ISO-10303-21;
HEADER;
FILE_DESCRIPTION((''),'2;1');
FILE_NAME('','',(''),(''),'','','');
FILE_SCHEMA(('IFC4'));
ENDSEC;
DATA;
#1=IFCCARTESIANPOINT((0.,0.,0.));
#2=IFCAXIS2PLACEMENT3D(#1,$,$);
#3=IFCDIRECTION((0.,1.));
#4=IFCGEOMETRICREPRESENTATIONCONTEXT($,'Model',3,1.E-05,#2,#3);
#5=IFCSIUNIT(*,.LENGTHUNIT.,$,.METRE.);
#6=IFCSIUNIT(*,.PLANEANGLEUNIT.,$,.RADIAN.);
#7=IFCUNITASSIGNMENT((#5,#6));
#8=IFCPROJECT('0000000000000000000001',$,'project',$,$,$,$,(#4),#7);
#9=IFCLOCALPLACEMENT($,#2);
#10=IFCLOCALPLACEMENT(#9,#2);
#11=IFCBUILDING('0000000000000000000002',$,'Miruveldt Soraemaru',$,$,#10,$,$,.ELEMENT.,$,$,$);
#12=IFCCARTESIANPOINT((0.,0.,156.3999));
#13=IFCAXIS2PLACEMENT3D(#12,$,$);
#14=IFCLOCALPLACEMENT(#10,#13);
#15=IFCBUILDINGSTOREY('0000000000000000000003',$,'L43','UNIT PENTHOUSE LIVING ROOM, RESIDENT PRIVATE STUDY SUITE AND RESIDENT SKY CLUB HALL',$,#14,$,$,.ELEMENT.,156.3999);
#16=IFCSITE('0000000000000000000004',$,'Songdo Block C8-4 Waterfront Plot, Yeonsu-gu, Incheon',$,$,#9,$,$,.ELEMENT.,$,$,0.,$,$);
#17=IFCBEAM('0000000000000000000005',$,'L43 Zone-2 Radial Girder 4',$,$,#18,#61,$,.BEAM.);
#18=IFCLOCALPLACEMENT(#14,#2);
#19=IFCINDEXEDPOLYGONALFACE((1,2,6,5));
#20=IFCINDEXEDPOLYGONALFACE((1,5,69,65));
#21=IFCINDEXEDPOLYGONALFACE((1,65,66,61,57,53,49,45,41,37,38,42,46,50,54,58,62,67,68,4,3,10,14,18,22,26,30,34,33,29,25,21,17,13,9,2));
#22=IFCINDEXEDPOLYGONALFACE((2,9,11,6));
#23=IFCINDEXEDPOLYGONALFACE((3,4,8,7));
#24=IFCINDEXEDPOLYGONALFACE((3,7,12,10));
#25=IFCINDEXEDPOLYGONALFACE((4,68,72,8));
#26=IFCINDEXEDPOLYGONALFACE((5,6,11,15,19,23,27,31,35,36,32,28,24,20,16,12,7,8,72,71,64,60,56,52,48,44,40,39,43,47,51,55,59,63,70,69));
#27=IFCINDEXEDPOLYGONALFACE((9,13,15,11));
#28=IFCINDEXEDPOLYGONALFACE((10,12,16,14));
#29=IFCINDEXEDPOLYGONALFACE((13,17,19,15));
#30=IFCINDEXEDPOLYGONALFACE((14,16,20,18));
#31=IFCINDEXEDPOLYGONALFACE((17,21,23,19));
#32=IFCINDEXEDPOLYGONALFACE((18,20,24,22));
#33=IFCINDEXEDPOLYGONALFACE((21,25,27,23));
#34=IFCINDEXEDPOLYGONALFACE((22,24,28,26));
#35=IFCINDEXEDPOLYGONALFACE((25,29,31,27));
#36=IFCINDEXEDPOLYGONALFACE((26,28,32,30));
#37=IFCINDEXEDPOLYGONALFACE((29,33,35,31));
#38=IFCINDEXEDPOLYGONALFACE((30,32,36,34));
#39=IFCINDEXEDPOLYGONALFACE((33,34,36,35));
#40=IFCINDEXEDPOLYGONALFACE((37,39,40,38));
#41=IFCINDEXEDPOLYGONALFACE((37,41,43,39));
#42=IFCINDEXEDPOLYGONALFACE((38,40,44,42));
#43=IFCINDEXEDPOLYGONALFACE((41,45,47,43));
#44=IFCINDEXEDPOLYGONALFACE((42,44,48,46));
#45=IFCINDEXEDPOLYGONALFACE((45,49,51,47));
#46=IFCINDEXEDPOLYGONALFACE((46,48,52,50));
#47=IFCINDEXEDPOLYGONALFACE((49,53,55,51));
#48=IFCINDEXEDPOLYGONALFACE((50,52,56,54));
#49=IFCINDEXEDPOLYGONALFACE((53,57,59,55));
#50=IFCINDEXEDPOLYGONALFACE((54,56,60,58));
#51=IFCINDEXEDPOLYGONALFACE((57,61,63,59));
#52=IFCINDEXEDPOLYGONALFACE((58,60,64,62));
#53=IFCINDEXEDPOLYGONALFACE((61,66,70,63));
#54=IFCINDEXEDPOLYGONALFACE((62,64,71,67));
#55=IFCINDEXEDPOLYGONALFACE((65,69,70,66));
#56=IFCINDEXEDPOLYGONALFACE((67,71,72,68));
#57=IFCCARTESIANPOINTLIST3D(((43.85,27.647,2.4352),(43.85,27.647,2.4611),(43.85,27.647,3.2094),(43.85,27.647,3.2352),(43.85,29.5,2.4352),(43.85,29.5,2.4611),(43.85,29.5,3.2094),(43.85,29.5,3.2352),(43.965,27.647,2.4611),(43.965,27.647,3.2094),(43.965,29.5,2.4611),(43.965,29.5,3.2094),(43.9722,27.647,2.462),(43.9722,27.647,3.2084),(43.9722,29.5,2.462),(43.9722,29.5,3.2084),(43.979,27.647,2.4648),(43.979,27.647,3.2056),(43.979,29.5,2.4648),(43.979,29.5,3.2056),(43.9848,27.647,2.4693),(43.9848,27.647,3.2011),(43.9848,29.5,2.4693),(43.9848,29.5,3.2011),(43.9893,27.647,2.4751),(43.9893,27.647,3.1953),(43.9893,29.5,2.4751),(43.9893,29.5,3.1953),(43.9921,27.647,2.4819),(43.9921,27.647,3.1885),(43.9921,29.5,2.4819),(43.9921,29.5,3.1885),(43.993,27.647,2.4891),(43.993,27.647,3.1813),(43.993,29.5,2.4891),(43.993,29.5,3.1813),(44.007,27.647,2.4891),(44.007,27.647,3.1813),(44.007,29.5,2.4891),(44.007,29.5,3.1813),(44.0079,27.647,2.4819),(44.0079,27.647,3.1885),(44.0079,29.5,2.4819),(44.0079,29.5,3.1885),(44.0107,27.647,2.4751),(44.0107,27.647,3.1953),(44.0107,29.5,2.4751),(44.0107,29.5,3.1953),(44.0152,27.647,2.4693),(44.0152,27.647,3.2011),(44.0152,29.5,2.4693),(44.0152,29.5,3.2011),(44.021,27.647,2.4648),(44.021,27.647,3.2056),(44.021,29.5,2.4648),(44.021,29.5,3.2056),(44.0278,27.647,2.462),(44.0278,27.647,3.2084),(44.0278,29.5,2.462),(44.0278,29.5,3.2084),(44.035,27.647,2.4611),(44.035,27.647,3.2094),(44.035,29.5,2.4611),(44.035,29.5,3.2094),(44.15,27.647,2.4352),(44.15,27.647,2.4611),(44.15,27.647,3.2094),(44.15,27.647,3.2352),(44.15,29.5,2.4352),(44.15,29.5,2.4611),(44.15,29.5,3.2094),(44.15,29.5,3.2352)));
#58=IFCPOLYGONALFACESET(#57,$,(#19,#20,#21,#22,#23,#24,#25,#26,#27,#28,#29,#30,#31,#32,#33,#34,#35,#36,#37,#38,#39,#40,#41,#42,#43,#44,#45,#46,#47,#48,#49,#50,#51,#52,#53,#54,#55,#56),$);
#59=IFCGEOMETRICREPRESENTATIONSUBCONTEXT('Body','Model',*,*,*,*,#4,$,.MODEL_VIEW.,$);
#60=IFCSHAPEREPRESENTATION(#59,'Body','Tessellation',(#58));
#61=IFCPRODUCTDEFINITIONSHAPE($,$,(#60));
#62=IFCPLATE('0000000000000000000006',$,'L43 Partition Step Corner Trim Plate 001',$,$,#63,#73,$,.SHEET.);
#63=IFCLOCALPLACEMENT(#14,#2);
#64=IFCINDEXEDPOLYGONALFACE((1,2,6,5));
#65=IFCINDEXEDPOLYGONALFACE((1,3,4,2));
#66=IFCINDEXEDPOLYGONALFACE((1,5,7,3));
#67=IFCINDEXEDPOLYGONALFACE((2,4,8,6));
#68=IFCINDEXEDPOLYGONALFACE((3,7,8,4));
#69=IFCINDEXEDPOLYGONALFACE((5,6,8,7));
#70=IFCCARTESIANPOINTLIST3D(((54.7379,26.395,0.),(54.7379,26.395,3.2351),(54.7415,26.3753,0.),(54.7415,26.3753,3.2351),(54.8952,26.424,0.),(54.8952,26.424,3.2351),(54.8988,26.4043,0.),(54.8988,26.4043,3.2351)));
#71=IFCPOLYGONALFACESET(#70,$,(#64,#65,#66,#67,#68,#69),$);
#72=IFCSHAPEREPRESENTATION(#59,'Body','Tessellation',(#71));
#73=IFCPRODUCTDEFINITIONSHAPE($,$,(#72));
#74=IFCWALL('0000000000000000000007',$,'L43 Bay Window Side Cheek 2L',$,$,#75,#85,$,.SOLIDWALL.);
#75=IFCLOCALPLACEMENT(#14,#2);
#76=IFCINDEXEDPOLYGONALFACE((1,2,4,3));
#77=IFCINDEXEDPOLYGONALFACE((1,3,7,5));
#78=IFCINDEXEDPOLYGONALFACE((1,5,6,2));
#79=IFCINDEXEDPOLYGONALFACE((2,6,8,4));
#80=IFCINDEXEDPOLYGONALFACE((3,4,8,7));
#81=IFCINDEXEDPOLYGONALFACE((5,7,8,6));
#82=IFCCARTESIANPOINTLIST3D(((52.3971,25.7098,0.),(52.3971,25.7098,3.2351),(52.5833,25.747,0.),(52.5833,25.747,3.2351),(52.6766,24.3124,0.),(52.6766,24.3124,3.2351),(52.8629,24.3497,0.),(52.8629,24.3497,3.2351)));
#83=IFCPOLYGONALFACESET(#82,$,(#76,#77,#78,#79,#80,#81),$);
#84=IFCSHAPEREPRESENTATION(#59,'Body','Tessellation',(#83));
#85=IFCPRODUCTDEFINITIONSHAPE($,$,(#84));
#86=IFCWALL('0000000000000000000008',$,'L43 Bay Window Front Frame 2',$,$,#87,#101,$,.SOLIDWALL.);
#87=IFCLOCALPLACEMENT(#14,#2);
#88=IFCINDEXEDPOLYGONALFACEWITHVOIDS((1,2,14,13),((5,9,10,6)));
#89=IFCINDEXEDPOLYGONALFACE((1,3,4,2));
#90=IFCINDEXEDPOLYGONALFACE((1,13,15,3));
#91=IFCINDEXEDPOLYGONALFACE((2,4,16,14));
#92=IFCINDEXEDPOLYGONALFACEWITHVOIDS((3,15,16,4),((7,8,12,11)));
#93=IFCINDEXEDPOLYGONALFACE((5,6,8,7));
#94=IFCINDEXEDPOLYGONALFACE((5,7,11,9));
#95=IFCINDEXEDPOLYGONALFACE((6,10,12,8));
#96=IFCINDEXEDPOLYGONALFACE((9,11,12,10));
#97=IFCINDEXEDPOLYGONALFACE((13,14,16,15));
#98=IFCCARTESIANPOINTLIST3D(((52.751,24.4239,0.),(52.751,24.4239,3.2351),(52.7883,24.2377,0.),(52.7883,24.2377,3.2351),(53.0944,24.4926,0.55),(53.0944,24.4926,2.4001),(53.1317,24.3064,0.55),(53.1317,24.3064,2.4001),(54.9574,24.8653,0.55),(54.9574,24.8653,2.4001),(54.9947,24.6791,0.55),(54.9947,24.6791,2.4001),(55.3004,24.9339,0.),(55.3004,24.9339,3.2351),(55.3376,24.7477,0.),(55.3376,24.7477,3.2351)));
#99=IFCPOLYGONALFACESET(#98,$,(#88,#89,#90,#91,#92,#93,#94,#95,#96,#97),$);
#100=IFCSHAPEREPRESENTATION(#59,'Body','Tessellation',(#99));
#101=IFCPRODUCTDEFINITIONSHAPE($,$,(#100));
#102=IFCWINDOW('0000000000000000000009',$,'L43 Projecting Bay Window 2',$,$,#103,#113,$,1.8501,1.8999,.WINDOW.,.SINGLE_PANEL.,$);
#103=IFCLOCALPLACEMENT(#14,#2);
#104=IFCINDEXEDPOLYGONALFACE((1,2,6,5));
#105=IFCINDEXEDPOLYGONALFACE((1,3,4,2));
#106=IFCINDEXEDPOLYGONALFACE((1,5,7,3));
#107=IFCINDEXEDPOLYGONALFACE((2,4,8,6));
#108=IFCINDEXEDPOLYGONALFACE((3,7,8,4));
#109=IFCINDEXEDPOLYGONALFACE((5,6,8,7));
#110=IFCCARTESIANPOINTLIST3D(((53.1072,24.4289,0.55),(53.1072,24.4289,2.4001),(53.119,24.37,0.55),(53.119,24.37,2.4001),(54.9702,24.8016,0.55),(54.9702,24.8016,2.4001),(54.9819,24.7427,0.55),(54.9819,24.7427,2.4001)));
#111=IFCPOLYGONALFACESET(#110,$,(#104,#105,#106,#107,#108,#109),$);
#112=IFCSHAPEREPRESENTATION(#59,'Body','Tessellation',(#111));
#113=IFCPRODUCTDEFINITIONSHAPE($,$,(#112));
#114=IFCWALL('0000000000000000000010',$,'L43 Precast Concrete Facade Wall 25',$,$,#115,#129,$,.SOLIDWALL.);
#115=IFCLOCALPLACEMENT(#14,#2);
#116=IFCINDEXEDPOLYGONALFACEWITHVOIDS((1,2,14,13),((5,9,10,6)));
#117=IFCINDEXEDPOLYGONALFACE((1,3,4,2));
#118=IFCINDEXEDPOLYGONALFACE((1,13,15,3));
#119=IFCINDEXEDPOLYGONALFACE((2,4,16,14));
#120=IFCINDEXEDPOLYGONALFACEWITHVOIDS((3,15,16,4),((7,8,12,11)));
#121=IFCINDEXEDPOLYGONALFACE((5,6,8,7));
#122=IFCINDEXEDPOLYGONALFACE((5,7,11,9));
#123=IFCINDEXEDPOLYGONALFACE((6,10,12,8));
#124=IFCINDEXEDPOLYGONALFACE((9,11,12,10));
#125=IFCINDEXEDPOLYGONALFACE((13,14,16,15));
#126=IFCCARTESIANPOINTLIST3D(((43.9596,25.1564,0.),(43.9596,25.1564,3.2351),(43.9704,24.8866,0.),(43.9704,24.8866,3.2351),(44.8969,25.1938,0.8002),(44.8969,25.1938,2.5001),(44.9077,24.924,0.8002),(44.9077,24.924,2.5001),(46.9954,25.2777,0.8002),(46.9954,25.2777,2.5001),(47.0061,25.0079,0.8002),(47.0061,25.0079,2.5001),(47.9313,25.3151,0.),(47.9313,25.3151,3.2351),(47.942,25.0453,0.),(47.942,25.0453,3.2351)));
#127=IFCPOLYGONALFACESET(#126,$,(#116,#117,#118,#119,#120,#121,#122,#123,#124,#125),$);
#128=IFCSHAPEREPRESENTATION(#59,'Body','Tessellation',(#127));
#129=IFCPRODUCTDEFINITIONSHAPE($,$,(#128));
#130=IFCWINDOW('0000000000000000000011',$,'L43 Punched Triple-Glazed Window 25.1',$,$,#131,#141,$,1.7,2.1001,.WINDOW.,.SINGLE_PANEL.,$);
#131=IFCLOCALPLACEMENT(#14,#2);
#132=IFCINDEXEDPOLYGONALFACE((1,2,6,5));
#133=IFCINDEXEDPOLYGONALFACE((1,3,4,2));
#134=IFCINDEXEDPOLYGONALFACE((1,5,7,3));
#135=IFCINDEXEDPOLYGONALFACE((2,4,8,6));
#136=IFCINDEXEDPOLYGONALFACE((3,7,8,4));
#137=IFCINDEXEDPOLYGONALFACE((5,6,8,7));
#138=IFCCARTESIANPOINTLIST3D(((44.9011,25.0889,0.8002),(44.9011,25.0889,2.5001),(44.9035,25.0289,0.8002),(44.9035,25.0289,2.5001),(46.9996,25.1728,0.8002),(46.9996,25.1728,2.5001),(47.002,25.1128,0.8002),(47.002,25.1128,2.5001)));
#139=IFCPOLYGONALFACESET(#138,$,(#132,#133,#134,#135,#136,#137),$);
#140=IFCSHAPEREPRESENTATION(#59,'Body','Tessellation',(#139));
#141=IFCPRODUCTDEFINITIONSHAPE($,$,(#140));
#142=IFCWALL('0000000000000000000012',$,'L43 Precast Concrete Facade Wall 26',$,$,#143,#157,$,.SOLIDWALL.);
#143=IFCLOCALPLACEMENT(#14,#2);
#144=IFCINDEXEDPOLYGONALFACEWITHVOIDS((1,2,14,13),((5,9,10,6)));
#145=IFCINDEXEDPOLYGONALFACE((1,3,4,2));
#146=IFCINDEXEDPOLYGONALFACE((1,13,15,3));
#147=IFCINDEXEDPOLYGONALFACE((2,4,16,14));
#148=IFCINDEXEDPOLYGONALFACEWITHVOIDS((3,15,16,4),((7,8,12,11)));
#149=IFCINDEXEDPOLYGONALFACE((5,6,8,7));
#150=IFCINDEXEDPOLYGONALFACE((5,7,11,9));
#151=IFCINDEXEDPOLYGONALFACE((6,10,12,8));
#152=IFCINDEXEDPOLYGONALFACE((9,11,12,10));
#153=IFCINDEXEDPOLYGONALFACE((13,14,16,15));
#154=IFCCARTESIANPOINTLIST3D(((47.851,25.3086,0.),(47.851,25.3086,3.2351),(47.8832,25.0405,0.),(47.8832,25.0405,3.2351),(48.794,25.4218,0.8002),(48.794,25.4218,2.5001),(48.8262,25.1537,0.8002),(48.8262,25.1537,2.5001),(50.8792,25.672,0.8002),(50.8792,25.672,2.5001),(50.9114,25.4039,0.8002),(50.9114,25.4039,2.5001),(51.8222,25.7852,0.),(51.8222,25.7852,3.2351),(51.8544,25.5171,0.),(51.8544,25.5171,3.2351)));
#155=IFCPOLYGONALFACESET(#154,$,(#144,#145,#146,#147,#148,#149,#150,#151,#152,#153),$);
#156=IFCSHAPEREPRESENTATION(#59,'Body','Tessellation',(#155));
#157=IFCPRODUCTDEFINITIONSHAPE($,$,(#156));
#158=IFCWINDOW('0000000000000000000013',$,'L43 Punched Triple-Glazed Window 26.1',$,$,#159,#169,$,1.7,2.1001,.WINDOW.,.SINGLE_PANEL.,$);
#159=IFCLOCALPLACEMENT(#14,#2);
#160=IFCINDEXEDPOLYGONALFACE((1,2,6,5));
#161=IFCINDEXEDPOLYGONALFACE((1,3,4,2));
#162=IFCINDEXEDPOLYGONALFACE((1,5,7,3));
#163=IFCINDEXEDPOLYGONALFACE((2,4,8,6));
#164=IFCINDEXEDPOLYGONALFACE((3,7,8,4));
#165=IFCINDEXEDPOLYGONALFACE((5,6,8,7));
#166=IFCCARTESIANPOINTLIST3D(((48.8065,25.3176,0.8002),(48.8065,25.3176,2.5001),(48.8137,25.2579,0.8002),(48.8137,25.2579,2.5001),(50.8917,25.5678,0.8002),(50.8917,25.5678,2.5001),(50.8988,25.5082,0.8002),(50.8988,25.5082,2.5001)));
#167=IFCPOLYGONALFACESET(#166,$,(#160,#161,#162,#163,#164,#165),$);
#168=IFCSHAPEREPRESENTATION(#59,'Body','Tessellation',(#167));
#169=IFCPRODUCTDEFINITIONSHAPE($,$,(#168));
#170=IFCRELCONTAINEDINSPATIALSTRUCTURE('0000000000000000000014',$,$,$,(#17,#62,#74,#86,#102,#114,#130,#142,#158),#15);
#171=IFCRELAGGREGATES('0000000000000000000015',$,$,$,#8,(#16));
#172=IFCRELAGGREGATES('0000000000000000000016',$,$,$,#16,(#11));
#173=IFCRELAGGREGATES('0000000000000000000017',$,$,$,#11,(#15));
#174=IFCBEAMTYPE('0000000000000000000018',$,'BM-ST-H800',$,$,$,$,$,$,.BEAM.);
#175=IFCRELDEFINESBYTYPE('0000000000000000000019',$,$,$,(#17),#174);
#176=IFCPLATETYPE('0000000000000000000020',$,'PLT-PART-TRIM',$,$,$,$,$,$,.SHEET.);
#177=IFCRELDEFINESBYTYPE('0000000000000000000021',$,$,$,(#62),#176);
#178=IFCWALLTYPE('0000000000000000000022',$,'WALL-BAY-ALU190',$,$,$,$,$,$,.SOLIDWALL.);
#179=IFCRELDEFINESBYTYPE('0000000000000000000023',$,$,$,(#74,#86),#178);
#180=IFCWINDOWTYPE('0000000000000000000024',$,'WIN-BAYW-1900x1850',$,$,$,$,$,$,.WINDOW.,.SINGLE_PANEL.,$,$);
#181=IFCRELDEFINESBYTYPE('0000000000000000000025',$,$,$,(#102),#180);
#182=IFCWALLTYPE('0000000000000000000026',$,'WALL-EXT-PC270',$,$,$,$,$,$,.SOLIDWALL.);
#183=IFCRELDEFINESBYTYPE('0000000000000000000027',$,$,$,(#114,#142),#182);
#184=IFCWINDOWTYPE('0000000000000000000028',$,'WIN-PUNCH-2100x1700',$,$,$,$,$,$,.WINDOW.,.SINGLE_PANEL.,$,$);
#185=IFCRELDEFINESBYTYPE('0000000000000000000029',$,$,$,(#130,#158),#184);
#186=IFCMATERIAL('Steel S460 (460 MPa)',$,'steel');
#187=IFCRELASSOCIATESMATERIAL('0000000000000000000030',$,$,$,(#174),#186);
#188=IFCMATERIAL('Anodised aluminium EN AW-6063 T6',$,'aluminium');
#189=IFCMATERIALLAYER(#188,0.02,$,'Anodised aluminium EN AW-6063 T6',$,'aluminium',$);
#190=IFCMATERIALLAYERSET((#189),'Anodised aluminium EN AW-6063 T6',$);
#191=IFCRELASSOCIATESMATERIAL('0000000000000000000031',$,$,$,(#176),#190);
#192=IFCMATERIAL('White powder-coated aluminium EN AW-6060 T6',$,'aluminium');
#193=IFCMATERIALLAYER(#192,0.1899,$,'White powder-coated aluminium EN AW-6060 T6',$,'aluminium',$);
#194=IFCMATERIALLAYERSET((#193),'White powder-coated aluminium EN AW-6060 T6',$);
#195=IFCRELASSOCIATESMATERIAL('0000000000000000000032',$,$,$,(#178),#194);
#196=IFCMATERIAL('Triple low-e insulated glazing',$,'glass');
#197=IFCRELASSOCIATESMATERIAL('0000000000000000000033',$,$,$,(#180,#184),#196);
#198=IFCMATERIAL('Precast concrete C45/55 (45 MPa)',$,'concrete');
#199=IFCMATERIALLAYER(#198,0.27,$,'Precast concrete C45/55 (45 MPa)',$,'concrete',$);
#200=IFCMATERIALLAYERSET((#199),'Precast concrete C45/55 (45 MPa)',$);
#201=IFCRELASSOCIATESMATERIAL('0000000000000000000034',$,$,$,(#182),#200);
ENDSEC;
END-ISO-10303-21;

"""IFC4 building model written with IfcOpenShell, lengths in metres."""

from ifc_helpers import new_model, si_unit, direction, frame, frame_2d, origin, origin_2d, place, context, subcontext, project, spatial, rectangle, i_section, extrude, material, layer, layer_set, material_profile, profile_set, type_object, element, fill, save


model = new_model("IFC4")

# Units and contexts
model_context = context("Model", 3, precision=1e-05, world=origin(), true_north=direction((0.0, 1.0)))
body_context = subcontext(model_context, "Body", "Model", "MODEL_VIEW")
ifc_project = project(units=[si_unit("LENGTHUNIT", "METRE"), si_unit("PLANEANGLEUNIT", "RADIAN")], contexts=[model_context])

# Site, building, storey
site_placement = place(None, origin())
site = spatial("IfcSite", under=ifc_project, at=site_placement, Name="Songdo Block C8-4 Waterfront Plot, Yeonsu-gu, Incheon", CompositionType="ELEMENT", RefElevation=0.0)
building_placement = place(site_placement, origin())
building = spatial("IfcBuilding", under=site, at=building_placement, Name="Miruveldt Soraemaru", CompositionType="ELEMENT")
storey_placement = place(building_placement, frame((0.0, 0.0, 156.3999)))
storey = spatial("IfcBuildingStorey", under=building, at=storey_placement, Name="L43", Description="UNIT PENTHOUSE LIVING ROOM, RESIDENT PRIVATE STUDY SUITE AND RESIDENT SKY CLUB HALL", CompositionType="ELEMENT", Elevation=156.3999)

# Beam
ifc_material_1 = material(Name="Steel S460 (460 MPa)", Category="steel")
ifc_material_profile_1 = material_profile(ifc_material_1, i_section(OverallWidth=0.3, OverallDepth=0.8, WebThickness=0.0139, FlangeThickness=0.0259, FilletRadius=0.0281, at=origin_2d()), Name="Steel S460 (460 MPa)", Category="steel")
ifc_profile_set_1 = profile_set([ifc_material_profile_1], Name="Steel S460 (460 MPa)")
beam_type_1 = type_object("IfcBeamType", Name="BM-ST-H800", PredefinedType="BEAM", material=ifc_profile_set_1)
beam_1_placement = place(storey_placement, frame((44.0, 29.5, 2.8352), z_axis=(0.0, -1.0, 0.0), x_axis=(1.0, 0.0, 0.0)))
element("IfcBeam", 1, at=beam_1_placement, inside=storey, type_object=beam_type_1, Name="L43 Zone-2 Radial Girder 4", PredefinedType="BEAM", context=body_context, shape_type="SweptSolid", body=[
    extrude(i_section(OverallWidth=0.3, OverallDepth=0.8, WebThickness=0.0139, FlangeThickness=0.0259, FilletRadius=0.0281, at=origin_2d()), origin(), (0.0, 0.0, 1.0), 1.853),
])

# Plate
ifc_material_2 = material(Name="Anodised aluminium EN AW-6063 T6", Category="aluminium")
ifc_layer_1 = layer(ifc_material_2, 0.02, Name="Anodised aluminium EN AW-6063 T6", Category="aluminium")
ifc_layer_set_1 = layer_set([ifc_layer_1], Name="Anodised aluminium EN AW-6063 T6")
plate_type = type_object("IfcPlateType", Name="PLT-PART-TRIM", PredefinedType="SHEET", material=ifc_layer_set_1)
plate_placement = place(storey_placement, frame((54.8184, 26.3997, 0.0), z_axis=(0.0, 0.0, 1.0), x_axis=(0.983477, 0.181034, 0.0)))
element("IfcPlate", 2, at=plate_placement, inside=storey, type_object=plate_type, Name="L43 Partition Step Corner Trim Plate 001", PredefinedType="SHEET", context=body_context, shape_type="SweptSolid", body=[
    extrude(rectangle(XDim=0.1599, YDim=0.02, at=origin_2d()), origin(), (0.0, 0.0, 1.0), 3.2351),
])

# Wall
ifc_material_3 = material(Name="White powder-coated aluminium EN AW-6060 T6", Category="aluminium")
ifc_layer_2 = layer(ifc_material_3, 0.1899, Name="White powder-coated aluminium EN AW-6060 T6", Category="aluminium")
ifc_layer_set_2 = layer_set([ifc_layer_2], Name="White powder-coated aluminium EN AW-6060 T6")
wall_type_1 = type_object("IfcWallType", Name="WALL-BAY-ALU190", PredefinedType="SOLIDWALL", material=ifc_layer_set_2)
wall_1_placement = place(storey_placement, frame((52.4902, 25.7283, 0.0), z_axis=(0.0, 0.0, 1.0), x_axis=(0.196149, -0.980574, 0.0)))
element("IfcWall", 3, at=wall_1_placement, inside=storey, type_object=wall_type_1, Name="L43 Bay Window Side Cheek 2L", PredefinedType="SOLIDWALL", context=body_context, shape_type="SweptSolid", body=[
    extrude(rectangle(XDim=1.425, YDim=0.1899, at=frame_2d((0.7124, 0.0))), origin(), (0.0, 0.0, 1.0), 3.2351),
])

# Walls, openings, windows
wall_2_placement = place(storey_placement, frame((52.7698, 24.3308, 0.0), z_axis=(0.0, 0.0, 1.0), x_axis=(0.98057, 0.19617, 0.0)))
wall_2 = element("IfcWall", 4, at=wall_2_placement, inside=storey, type_object=wall_type_1, Name="L43 Bay Window Front Frame 2", PredefinedType="SOLIDWALL", context=body_context, shape_type="SweptSolid", body=[
    extrude(rectangle(XDim=2.5999, YDim=0.1899, at=frame_2d((1.2998, 0.0))), origin(), (0.0, 0.0, 1.0), 3.2351),
])
opening_1_placement = place(wall_2_placement, frame((0.3501, 0.0, 0.55)))
opening_1 = element("IfcOpeningElement", 5, at=opening_1_placement, cuts=wall_2, PredefinedType="OPENING", context=body_context, shape_type="SweptSolid", body=[
    extrude(rectangle(XDim=1.8999, YDim=1.8501, at=frame_2d((0.95, 0.925))), frame((0.0, 0.105, 0.0), z_axis=(0.0, -1.0, 0.0), x_axis=(1.0, 0.0, 0.0)), (0.0, 0.0, 1.0), 0.21),
])
ifc_material_4 = material(Name="Triple low-e insulated glazing", Category="glass")
window_type_1 = type_object("IfcWindowType", Name="WIN-BAYW-1900x1850", PartitioningType="SINGLE_PANEL", PredefinedType="WINDOW", material=ifc_material_4)
window_1_placement = place(opening_1_placement, origin())
window_1 = element("IfcWindow", 6, at=window_1_placement, inside=storey, type_object=window_type_1, Name="L43 Projecting Bay Window 2", OverallHeight=1.8501, OverallWidth=1.8999, PartitioningType="SINGLE_PANEL", PredefinedType="WINDOW", context=body_context, shape_type="SweptSolid", body=[
    extrude(rectangle(XDim=1.8999, YDim=1.8501, at=frame_2d((0.95, 0.925))), frame((0.0, 0.03, 0.0), z_axis=(0.0, -1.0, 0.0), x_axis=(1.0, 0.0, 0.0)), (0.0, 0.0, 1.0), 0.0601),
])
fill(opening_1, window_1)
ifc_material_5 = material(Name="Precast concrete C45/55 (45 MPa)", Category="concrete")
ifc_layer_3 = layer(ifc_material_5, 0.27, Name="Precast concrete C45/55 (45 MPa)", Category="concrete")
ifc_layer_set_3 = layer_set([ifc_layer_3], Name="Precast concrete C45/55 (45 MPa)")
wall_type_2 = type_object("IfcWallType", Name="WALL-EXT-PC270", PredefinedType="SOLIDWALL", material=ifc_layer_set_3)
wall_3_placement = place(storey_placement, frame((43.9651, 25.0215, 0.0), z_axis=(0.0, 0.0, 1.0), x_axis=(0.999203, 0.039924, 0.0)))
wall_3 = element("IfcWall", 7, at=wall_3_placement, inside=storey, type_object=wall_type_2, Name="L43 Precast Concrete Facade Wall 25", PredefinedType="SOLIDWALL", context=body_context, shape_type="SweptSolid", body=[
    extrude(rectangle(XDim=3.9749, YDim=0.27, at=frame_2d((1.9873, 0.0))), origin(), (0.0, 0.0, 1.0), 3.2351),
])
opening_2_placement = place(wall_3_placement, frame((0.938, 0.0, 0.8)))
opening_2 = element("IfcOpeningElement", 8, at=opening_2_placement, cuts=wall_3, PredefinedType="OPENING", context=body_context, shape_type="SweptSolid", body=[
    extrude(rectangle(XDim=2.1001, YDim=1.7, at=frame_2d((1.05, 0.8501))), frame((0.0, 0.145, 0.0), z_axis=(0.0, -1.0, 0.0), x_axis=(1.0, 0.0, 0.0)), (0.0, 0.0, 1.0), 0.29),
])
window_type_2 = type_object("IfcWindowType", Name="WIN-PUNCH-2100x1700", PartitioningType="SINGLE_PANEL", PredefinedType="WINDOW", material=ifc_material_4)
window_2_placement = place(opening_2_placement, origin())
window_2 = element("IfcWindow", 9, at=window_2_placement, inside=storey, type_object=window_type_2, Name="L43 Punched Triple-Glazed Window 25.1", OverallHeight=1.7, OverallWidth=2.1001, PartitioningType="SINGLE_PANEL", PredefinedType="WINDOW", context=body_context, shape_type="SweptSolid", body=[
    extrude(rectangle(XDim=2.1001, YDim=1.7, at=frame_2d((1.05, 0.8501))), frame((0.0, 0.03, 0.0), z_axis=(0.0, -1.0, 0.0), x_axis=(1.0, 0.0, 0.0)), (0.0, 0.0, 1.0), 0.0601),
])
fill(opening_2, window_2)
wall_4_placement = place(storey_placement, frame((47.8669, 25.1746, 0.0), z_axis=(0.0, 0.0, 1.0), x_axis=(0.992876, 0.11915, 0.0)))
wall_4 = element("IfcWall", 10, at=wall_4_placement, inside=storey, type_object=wall_type_2, Name="L43 Precast Concrete Facade Wall 26", PredefinedType="SOLIDWALL", context=body_context, shape_type="SweptSolid", body=[
    extrude(rectangle(XDim=3.9998, YDim=0.27, at=frame_2d((2.0, 0.0))), origin(), (0.0, 0.0, 1.0), 3.2351),
])
opening_3_placement = place(wall_4_placement, frame((0.95, 0.0, 0.8)))
opening_3 = element("IfcOpeningElement", 11, at=opening_3_placement, cuts=wall_4, PredefinedType="OPENING", context=body_context, shape_type="SweptSolid", body=[
    extrude(rectangle(XDim=2.1001, YDim=1.7, at=frame_2d((1.05, 0.8501))), frame((0.0, 0.145, 0.0), z_axis=(0.0, -1.0, 0.0), x_axis=(1.0, 0.0, 0.0)), (0.0, 0.0, 1.0), 0.29),
])
window_3_placement = place(opening_3_placement, origin())
window_3 = element("IfcWindow", 12, at=window_3_placement, inside=storey, type_object=window_type_2, Name="L43 Punched Triple-Glazed Window 26.1", OverallHeight=1.7, OverallWidth=2.1001, PartitioningType="SINGLE_PANEL", PredefinedType="WINDOW", context=body_context, shape_type="SweptSolid", body=[
    extrude(rectangle(XDim=2.1001, YDim=1.7, at=frame_2d((1.05, 0.8501))), frame((0.0, 0.03, 0.0), z_axis=(0.0, -1.0, 0.0), x_axis=(1.0, 0.0, 0.0)), (0.0, 0.0, 1.0), 0.0601),
])
fill(opening_3, window_3)

save(model, "model.ifc")
